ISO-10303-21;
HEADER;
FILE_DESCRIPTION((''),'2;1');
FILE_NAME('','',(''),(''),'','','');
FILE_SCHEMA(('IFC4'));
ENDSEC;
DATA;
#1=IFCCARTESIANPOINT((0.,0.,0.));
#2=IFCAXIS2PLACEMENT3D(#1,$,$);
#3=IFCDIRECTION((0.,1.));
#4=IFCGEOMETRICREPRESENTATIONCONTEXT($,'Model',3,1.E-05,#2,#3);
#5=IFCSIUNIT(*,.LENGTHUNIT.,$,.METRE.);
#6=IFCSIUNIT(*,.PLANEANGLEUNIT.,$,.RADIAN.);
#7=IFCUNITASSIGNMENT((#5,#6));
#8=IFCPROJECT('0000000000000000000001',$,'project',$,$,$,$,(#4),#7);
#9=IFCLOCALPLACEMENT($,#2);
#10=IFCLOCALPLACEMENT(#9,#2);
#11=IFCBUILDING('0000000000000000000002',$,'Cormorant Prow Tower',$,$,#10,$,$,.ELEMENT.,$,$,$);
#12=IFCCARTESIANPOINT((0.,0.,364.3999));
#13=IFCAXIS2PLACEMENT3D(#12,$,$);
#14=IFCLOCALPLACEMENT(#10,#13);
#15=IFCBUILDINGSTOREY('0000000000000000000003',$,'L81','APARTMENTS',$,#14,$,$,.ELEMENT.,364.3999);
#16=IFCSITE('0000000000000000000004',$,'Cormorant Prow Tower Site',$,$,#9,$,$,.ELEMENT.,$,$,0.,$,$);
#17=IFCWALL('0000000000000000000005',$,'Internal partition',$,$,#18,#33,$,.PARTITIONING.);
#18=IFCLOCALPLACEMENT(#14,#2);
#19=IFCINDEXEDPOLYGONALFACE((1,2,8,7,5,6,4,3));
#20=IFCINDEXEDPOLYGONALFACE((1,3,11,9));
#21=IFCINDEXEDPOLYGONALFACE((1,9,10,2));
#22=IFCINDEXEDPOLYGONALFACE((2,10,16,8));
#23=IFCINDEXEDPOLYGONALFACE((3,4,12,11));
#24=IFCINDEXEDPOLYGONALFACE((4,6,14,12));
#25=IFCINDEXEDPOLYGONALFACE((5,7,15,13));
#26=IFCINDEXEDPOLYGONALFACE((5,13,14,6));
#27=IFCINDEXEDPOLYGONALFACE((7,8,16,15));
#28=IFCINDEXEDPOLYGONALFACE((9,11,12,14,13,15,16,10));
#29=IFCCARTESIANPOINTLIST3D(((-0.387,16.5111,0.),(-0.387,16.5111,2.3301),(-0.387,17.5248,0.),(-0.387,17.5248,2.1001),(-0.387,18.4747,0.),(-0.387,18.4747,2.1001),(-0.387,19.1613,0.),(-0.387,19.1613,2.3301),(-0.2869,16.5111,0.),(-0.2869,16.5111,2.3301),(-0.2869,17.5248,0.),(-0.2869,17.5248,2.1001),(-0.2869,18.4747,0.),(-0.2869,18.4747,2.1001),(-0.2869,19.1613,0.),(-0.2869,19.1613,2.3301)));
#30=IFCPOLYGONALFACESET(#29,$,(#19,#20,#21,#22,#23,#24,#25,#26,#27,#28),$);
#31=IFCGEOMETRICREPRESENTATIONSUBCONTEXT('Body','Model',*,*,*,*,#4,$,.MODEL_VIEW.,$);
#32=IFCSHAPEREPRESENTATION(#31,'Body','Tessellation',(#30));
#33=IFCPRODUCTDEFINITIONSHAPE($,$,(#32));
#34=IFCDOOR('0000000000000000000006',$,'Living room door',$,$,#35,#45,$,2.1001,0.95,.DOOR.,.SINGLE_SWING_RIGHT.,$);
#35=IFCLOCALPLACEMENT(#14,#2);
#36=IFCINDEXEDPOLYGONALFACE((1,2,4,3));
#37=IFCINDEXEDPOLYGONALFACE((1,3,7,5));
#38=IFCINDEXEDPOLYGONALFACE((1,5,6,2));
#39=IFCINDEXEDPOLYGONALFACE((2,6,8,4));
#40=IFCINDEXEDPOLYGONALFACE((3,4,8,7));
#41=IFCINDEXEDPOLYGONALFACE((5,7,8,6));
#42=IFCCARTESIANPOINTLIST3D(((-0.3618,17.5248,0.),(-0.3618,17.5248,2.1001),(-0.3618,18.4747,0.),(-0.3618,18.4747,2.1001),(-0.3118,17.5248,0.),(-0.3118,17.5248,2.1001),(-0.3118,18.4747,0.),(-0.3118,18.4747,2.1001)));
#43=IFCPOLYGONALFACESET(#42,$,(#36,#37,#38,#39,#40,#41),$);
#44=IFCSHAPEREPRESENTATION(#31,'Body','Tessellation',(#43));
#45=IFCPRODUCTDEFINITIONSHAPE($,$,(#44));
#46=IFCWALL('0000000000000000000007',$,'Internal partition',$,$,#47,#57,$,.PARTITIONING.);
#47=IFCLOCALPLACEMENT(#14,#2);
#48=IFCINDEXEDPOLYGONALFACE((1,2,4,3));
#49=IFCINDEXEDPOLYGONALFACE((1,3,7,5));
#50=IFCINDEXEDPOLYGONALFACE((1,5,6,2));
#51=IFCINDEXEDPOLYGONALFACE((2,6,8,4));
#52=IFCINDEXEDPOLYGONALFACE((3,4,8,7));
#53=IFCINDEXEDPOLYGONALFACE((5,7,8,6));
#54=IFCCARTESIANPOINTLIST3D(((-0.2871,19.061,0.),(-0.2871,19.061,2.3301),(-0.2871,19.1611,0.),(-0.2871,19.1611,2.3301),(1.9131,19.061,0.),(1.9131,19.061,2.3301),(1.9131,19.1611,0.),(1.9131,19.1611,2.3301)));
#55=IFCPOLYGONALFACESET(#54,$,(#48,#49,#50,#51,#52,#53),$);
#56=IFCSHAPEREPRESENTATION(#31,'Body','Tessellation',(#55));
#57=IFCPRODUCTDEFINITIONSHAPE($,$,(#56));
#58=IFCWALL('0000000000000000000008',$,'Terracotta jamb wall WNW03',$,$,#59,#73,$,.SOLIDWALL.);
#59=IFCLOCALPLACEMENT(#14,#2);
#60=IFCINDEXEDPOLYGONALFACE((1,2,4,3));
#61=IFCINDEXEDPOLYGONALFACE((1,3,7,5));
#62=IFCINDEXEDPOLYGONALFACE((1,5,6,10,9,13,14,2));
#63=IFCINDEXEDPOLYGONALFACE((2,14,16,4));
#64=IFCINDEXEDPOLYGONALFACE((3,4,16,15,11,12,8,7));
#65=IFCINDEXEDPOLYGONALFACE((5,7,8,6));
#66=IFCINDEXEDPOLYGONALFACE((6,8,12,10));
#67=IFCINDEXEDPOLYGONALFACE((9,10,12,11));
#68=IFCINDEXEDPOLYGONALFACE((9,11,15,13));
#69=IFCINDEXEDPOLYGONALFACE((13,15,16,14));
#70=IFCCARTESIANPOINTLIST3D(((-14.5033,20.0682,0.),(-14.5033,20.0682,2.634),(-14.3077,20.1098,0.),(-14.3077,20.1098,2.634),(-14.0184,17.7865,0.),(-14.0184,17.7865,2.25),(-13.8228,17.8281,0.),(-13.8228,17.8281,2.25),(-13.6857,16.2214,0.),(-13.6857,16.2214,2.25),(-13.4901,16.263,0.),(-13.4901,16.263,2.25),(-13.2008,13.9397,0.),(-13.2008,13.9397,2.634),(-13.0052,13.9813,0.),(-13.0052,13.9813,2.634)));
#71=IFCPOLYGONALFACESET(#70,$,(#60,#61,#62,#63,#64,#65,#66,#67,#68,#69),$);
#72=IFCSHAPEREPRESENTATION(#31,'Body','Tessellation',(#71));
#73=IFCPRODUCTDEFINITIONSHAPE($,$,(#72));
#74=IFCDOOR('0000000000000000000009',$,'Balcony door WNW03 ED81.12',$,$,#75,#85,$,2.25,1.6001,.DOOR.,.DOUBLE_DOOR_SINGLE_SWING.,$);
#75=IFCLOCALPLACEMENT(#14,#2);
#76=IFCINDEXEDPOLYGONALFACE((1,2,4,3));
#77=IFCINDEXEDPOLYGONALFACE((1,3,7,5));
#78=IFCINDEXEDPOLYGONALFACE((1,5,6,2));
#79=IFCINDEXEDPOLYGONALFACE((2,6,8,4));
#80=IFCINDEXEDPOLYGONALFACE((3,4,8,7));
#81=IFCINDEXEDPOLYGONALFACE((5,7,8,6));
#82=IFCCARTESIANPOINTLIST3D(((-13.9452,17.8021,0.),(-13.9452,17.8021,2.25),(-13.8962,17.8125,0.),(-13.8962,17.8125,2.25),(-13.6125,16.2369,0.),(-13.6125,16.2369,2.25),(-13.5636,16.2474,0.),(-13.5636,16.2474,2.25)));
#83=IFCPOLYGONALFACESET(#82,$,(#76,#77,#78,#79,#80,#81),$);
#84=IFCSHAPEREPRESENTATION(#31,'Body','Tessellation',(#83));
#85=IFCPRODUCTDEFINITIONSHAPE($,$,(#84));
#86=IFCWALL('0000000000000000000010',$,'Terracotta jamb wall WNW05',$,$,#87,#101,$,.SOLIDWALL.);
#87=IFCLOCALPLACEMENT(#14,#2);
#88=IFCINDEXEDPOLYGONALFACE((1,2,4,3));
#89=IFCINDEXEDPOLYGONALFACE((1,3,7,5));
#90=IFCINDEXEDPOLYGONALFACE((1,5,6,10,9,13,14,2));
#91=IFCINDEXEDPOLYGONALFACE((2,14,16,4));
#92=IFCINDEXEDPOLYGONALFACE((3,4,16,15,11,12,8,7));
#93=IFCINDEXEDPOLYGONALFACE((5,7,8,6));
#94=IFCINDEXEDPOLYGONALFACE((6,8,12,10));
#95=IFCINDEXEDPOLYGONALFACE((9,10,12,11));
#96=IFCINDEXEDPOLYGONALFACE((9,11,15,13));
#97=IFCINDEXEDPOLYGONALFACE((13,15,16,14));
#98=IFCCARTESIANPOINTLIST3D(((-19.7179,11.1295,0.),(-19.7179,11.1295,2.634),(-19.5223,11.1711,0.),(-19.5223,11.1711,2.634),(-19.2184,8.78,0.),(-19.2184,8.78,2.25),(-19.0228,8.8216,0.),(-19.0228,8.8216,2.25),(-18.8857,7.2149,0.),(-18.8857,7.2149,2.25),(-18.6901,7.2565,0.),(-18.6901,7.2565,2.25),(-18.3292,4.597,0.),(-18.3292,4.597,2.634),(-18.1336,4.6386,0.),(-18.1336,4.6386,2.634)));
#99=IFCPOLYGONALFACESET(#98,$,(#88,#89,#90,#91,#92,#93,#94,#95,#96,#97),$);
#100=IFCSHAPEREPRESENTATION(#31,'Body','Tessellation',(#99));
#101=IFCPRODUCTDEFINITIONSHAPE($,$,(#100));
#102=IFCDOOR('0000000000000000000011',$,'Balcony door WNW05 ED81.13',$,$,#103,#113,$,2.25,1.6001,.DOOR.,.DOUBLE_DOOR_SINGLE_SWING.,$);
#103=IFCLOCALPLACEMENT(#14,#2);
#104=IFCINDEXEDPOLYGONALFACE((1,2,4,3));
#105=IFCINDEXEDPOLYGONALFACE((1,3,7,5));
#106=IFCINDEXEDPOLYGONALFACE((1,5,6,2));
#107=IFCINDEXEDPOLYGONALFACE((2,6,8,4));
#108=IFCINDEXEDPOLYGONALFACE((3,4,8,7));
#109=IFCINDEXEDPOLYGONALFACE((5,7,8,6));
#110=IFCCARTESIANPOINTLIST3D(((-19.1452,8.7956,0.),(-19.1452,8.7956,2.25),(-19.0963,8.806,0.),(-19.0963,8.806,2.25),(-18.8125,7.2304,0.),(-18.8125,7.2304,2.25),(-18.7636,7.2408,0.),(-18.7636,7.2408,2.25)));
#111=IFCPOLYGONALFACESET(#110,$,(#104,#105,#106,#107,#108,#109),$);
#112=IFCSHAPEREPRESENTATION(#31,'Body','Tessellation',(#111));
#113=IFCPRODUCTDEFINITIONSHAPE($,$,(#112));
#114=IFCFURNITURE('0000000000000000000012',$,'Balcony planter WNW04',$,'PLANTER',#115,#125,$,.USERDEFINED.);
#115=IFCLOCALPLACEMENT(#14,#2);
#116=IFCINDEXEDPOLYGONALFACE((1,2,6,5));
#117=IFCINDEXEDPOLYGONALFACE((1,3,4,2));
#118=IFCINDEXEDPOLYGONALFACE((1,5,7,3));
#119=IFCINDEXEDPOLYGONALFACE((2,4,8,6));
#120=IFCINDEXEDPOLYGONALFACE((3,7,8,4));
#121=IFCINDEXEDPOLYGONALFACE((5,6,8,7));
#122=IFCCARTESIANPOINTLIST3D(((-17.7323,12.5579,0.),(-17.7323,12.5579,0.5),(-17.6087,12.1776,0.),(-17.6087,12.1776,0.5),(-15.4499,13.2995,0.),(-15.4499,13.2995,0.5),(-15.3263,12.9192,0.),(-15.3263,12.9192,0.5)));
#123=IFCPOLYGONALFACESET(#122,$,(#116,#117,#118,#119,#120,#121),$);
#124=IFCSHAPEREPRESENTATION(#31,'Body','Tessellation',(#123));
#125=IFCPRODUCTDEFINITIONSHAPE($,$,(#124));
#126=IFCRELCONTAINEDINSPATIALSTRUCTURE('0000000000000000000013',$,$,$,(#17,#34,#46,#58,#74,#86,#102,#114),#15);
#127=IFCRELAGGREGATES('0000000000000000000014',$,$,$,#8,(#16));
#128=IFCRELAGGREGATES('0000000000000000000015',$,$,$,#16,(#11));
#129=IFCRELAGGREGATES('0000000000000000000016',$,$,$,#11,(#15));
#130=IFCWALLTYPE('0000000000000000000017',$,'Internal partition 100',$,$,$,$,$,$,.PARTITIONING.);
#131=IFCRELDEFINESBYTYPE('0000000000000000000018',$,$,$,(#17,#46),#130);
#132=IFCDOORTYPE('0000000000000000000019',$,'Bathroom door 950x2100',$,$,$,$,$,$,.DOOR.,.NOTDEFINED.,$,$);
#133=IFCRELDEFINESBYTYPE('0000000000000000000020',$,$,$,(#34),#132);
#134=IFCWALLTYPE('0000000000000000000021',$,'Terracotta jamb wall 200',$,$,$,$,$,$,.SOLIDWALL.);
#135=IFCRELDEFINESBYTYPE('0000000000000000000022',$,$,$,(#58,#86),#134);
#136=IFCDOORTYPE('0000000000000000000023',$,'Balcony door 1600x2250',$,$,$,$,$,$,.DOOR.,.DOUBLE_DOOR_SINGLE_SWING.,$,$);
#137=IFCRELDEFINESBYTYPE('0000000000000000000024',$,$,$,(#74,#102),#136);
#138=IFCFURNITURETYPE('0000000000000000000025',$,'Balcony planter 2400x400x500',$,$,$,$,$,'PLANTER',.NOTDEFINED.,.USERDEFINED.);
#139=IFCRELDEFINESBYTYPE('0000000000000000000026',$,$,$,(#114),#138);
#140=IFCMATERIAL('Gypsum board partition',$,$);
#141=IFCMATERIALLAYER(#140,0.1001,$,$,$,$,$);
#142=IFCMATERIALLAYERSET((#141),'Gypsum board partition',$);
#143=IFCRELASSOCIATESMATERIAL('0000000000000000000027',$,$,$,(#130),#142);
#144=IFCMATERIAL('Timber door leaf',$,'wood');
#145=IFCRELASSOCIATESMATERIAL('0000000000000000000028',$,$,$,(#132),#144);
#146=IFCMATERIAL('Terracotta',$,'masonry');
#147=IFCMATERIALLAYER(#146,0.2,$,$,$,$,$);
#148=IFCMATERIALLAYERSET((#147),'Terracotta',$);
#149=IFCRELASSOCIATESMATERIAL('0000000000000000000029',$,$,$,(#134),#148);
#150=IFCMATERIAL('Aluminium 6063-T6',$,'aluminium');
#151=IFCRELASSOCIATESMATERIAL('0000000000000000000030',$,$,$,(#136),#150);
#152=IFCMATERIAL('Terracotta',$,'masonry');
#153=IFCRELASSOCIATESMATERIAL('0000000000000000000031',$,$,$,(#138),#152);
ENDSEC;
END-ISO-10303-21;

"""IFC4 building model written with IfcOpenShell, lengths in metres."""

from ifc_helpers import new_model, si_unit, direction, frame, frame_2d, origin, origin_2d, place, context, subcontext, project, spatial, rectangle, extrude, material, layer, layer_set, type_object, element, fill, save


model = new_model("IFC4")

# Units and contexts
model_context = context("Model", 3, precision=1e-05, world=origin(), true_north=direction((0.0, 1.0)))
body_context = subcontext(model_context, "Body", "Model", "MODEL_VIEW")
ifc_project = project(units=[si_unit("LENGTHUNIT", "METRE"), si_unit("PLANEANGLEUNIT", "RADIAN")], contexts=[model_context])

# Site, building, storey
site_placement = place(None, origin())
site = spatial("IfcSite", under=ifc_project, at=site_placement, Name="Cormorant Prow Tower Site", CompositionType="ELEMENT", RefElevation=0.0)
building_placement = place(site_placement, origin())
building = spatial("IfcBuilding", under=site, at=building_placement, Name="Cormorant Prow Tower", CompositionType="ELEMENT")
storey_placement = place(building_placement, frame((0.0, 0.0, 364.3999)))
storey = spatial("IfcBuildingStorey", under=building, at=storey_placement, Name="L81", Description="APARTMENTS", CompositionType="ELEMENT", Elevation=364.3999)

# Wall, opening, door
ifc_material_1 = material(Name="Gypsum board partition")
ifc_layer_1 = layer(ifc_material_1, 0.1001)
ifc_layer_set_1 = layer_set([ifc_layer_1], Name="Gypsum board partition")
wall_type_1 = type_object("IfcWallType", Name="Internal partition 100", PredefinedType="PARTITIONING", material=ifc_layer_set_1)
wall_1_placement = place(storey_placement, frame((-0.3369, 16.511, 0.0), z_axis=(0.0, 0.0, 1.0), x_axis=(0.0, 1.0, 0.0)))
wall_1 = element("IfcWall", 1, at=wall_1_placement, inside=storey, type_object=wall_type_1, Name="Internal partition", PredefinedType="PARTITIONING", context=body_context, shape_type="SweptSolid", body=[
    extrude(rectangle(XDim=2.6501, YDim=0.1001, at=frame_2d((1.3252, 0.0))), origin(), (0.0, 0.0, 1.0), 2.3301),
])
opening_1_placement = place(wall_1_placement, frame((1.0137, 0.0, 0.0)))
opening_1 = element("IfcOpeningElement", 2, at=opening_1_placement, cuts=wall_1, PredefinedType="OPENING", context=body_context, shape_type="SweptSolid", body=[
    extrude(rectangle(XDim=0.95, YDim=2.1001, at=frame_2d((0.4751, 1.05))), frame((0.0, 0.0601, 0.0), z_axis=(0.0, -1.0, 0.0), x_axis=(1.0, 0.0, 0.0)), (0.0, 0.0, 1.0), 0.1201),
])
ifc_material_2 = material(Name="Timber door leaf", Category="wood")
door_type_1 = type_object("IfcDoorType", Name="Bathroom door 950x2100", OperationType="NOTDEFINED", PredefinedType="DOOR", material=ifc_material_2)
door_1_placement = place(opening_1_placement, origin())
door_1 = element("IfcDoor", 3, at=door_1_placement, inside=storey, type_object=door_type_1, Name="Living room door", OperationType="SINGLE_SWING_RIGHT", OverallHeight=2.1001, OverallWidth=0.95, PredefinedType="DOOR", context=body_context, shape_type="SweptSolid", body=[
    extrude(rectangle(XDim=0.95, YDim=2.1001, at=frame_2d((0.4751, 1.05))), frame((0.0, 0.0249, 0.0), z_axis=(0.0, -1.0, 0.0), x_axis=(1.0, 0.0, 0.0)), (0.0, 0.0, 1.0), 0.05),
])
fill(opening_1, door_1)

# Wall
wall_2_placement = place(storey_placement, frame((-0.2871, 19.1111, 0.0), z_axis=(0.0, 0.0, 1.0), x_axis=(1.0, 0.0, 0.0)))
element("IfcWall", 4, at=wall_2_placement, inside=storey, type_object=wall_type_1, Name="Internal partition", PredefinedType="PARTITIONING", context=body_context, shape_type="SweptSolid", body=[
    extrude(rectangle(XDim=2.2002, YDim=0.1001, at=frame_2d((1.1001, 0.0))), origin(), (0.0, 0.0, 1.0), 2.3301),
])

# Walls, openings, doors
ifc_material_3 = material(Name="Terracotta", Category="masonry")
ifc_layer_2 = layer(ifc_material_3, 0.2)
ifc_layer_set_2 = layer_set([ifc_layer_2], Name="Terracotta")
wall_type_2 = type_object("IfcWallType", Name="Terracotta jamb wall 200", PredefinedType="SOLIDWALL", material=ifc_layer_set_2)
wall_3_placement = place(storey_placement, frame((-14.4055, 20.0891, 0.0), z_axis=(0.0, 0.0, 1.0), x_axis=(0.20789, -0.978152, 0.0)))
wall_3 = element("IfcWall", 5, at=wall_3_placement, inside=storey, type_object=wall_type_2, Name="Terracotta jamb wall WNW03", PredefinedType="SOLIDWALL", context=body_context, shape_type="SweptSolid", body=[
    extrude(rectangle(XDim=6.2654, YDim=0.2, at=frame_2d((3.1328, 0.0))), origin(), (0.0, 0.0, 1.0), 2.634),
])
opening_2_placement = place(wall_3_placement, frame((2.3328, 0.0, 0.0)))
opening_2 = element("IfcOpeningElement", 6, at=opening_2_placement, cuts=wall_3, PredefinedType="OPENING", context=body_context, shape_type="SweptSolid", body=[
    extrude(rectangle(XDim=1.6001, YDim=2.25, at=frame_2d((0.8, 1.125))), frame((0.0, 0.1099, 0.0), z_axis=(0.0, -1.0, 0.0), x_axis=(1.0, 0.0, 0.0)), (0.0, 0.0, 1.0), 0.22),
])
ifc_material_4 = material(Name="Aluminium 6063-T6", Category="aluminium")
door_type_2 = type_object("IfcDoorType", Name="Balcony door 1600x2250", OperationType="DOUBLE_DOOR_SINGLE_SWING", PredefinedType="DOOR", material=ifc_material_4)
door_2_placement = place(opening_2_placement, origin())
door_2 = element("IfcDoor", 7, at=door_2_placement, inside=storey, type_object=door_type_2, Name="Balcony door WNW03 ED81.12", OperationType="DOUBLE_DOOR_SINGLE_SWING", OverallHeight=2.25, OverallWidth=1.6001, PredefinedType="DOOR", context=body_context, shape_type="SweptSolid", body=[
    extrude(rectangle(XDim=1.6001, YDim=2.25, at=frame_2d((0.8, 1.125))), frame((0.0, 0.0249, 0.0), z_axis=(0.0, -1.0, 0.0), x_axis=(1.0, 0.0, 0.0)), (0.0, 0.0, 1.0), 0.05),
])
fill(opening_2, door_2)
wall_4_placement = place(storey_placement, frame((-19.6201, 11.1504, 0.0), z_axis=(0.0, 0.0, 1.0), x_axis=(0.207934, -0.978143, 0.0)))
wall_4 = element("IfcWall", 8, at=wall_4_placement, inside=storey, type_object=wall_type_2, Name="Terracotta jamb wall WNW05", PredefinedType="SOLIDWALL", context=body_context, shape_type="SweptSolid", body=[
    extrude(rectangle(XDim=6.6785, YDim=0.2, at=frame_2d((3.3394, 0.0))), origin(), (0.0, 0.0, 1.0), 2.634),
])
opening_3_placement = place(wall_4_placement, frame((2.4021, 0.0, 0.0)))
opening_3 = element("IfcOpeningElement", 9, at=opening_3_placement, cuts=wall_4, PredefinedType="OPENING", context=body_context, shape_type="SweptSolid", body=[
    extrude(rectangle(XDim=1.6001, YDim=2.25, at=frame_2d((0.8, 1.125))), frame((0.0, 0.1099, 0.0), z_axis=(0.0, -1.0, 0.0), x_axis=(1.0, 0.0, 0.0)), (0.0, 0.0, 1.0), 0.22),
])
door_3_placement = place(opening_3_placement, origin())
door_3 = element("IfcDoor", 10, at=door_3_placement, inside=storey, type_object=door_type_2, Name="Balcony door WNW05 ED81.13", OperationType="DOUBLE_DOOR_SINGLE_SWING", OverallHeight=2.25, OverallWidth=1.6001, PredefinedType="DOOR", context=body_context, shape_type="SweptSolid", body=[
    extrude(rectangle(XDim=1.6001, YDim=2.25, at=frame_2d((0.8, 1.125))), frame((0.0, 0.0249, 0.0), z_axis=(0.0, -1.0, 0.0), x_axis=(1.0, 0.0, 0.0)), (0.0, 0.0, 1.0), 0.05),
])
fill(opening_3, door_3)

# Furniture
ifc_material_5 = material(Name="Terracotta", Category="masonry")
furniture_type = type_object("IfcFurnitureType", Name="Balcony planter 2400x400x500", ElementType="PLANTER", AssemblyPlace="NOTDEFINED", PredefinedType="USERDEFINED", material=ifc_material_5)
furniture_placement = place(storey_placement, frame((-16.5293, 12.7385, 0.0), z_axis=(0.0, 0.0, 1.0), x_axis=(-0.951057, -0.309017, 0.0)))
element("IfcFurniture", 11, at=furniture_placement, inside=storey, type_object=furniture_type, Name="Balcony planter WNW04", ObjectType="PLANTER", PredefinedType="USERDEFINED", context=body_context, shape_type="SweptSolid", body=[
    extrude(rectangle(XDim=2.3999, YDim=0.3999, at=origin_2d()), origin(), (0.0, 0.0, 1.0), 0.5),
])

save(model, "model.ifc")
